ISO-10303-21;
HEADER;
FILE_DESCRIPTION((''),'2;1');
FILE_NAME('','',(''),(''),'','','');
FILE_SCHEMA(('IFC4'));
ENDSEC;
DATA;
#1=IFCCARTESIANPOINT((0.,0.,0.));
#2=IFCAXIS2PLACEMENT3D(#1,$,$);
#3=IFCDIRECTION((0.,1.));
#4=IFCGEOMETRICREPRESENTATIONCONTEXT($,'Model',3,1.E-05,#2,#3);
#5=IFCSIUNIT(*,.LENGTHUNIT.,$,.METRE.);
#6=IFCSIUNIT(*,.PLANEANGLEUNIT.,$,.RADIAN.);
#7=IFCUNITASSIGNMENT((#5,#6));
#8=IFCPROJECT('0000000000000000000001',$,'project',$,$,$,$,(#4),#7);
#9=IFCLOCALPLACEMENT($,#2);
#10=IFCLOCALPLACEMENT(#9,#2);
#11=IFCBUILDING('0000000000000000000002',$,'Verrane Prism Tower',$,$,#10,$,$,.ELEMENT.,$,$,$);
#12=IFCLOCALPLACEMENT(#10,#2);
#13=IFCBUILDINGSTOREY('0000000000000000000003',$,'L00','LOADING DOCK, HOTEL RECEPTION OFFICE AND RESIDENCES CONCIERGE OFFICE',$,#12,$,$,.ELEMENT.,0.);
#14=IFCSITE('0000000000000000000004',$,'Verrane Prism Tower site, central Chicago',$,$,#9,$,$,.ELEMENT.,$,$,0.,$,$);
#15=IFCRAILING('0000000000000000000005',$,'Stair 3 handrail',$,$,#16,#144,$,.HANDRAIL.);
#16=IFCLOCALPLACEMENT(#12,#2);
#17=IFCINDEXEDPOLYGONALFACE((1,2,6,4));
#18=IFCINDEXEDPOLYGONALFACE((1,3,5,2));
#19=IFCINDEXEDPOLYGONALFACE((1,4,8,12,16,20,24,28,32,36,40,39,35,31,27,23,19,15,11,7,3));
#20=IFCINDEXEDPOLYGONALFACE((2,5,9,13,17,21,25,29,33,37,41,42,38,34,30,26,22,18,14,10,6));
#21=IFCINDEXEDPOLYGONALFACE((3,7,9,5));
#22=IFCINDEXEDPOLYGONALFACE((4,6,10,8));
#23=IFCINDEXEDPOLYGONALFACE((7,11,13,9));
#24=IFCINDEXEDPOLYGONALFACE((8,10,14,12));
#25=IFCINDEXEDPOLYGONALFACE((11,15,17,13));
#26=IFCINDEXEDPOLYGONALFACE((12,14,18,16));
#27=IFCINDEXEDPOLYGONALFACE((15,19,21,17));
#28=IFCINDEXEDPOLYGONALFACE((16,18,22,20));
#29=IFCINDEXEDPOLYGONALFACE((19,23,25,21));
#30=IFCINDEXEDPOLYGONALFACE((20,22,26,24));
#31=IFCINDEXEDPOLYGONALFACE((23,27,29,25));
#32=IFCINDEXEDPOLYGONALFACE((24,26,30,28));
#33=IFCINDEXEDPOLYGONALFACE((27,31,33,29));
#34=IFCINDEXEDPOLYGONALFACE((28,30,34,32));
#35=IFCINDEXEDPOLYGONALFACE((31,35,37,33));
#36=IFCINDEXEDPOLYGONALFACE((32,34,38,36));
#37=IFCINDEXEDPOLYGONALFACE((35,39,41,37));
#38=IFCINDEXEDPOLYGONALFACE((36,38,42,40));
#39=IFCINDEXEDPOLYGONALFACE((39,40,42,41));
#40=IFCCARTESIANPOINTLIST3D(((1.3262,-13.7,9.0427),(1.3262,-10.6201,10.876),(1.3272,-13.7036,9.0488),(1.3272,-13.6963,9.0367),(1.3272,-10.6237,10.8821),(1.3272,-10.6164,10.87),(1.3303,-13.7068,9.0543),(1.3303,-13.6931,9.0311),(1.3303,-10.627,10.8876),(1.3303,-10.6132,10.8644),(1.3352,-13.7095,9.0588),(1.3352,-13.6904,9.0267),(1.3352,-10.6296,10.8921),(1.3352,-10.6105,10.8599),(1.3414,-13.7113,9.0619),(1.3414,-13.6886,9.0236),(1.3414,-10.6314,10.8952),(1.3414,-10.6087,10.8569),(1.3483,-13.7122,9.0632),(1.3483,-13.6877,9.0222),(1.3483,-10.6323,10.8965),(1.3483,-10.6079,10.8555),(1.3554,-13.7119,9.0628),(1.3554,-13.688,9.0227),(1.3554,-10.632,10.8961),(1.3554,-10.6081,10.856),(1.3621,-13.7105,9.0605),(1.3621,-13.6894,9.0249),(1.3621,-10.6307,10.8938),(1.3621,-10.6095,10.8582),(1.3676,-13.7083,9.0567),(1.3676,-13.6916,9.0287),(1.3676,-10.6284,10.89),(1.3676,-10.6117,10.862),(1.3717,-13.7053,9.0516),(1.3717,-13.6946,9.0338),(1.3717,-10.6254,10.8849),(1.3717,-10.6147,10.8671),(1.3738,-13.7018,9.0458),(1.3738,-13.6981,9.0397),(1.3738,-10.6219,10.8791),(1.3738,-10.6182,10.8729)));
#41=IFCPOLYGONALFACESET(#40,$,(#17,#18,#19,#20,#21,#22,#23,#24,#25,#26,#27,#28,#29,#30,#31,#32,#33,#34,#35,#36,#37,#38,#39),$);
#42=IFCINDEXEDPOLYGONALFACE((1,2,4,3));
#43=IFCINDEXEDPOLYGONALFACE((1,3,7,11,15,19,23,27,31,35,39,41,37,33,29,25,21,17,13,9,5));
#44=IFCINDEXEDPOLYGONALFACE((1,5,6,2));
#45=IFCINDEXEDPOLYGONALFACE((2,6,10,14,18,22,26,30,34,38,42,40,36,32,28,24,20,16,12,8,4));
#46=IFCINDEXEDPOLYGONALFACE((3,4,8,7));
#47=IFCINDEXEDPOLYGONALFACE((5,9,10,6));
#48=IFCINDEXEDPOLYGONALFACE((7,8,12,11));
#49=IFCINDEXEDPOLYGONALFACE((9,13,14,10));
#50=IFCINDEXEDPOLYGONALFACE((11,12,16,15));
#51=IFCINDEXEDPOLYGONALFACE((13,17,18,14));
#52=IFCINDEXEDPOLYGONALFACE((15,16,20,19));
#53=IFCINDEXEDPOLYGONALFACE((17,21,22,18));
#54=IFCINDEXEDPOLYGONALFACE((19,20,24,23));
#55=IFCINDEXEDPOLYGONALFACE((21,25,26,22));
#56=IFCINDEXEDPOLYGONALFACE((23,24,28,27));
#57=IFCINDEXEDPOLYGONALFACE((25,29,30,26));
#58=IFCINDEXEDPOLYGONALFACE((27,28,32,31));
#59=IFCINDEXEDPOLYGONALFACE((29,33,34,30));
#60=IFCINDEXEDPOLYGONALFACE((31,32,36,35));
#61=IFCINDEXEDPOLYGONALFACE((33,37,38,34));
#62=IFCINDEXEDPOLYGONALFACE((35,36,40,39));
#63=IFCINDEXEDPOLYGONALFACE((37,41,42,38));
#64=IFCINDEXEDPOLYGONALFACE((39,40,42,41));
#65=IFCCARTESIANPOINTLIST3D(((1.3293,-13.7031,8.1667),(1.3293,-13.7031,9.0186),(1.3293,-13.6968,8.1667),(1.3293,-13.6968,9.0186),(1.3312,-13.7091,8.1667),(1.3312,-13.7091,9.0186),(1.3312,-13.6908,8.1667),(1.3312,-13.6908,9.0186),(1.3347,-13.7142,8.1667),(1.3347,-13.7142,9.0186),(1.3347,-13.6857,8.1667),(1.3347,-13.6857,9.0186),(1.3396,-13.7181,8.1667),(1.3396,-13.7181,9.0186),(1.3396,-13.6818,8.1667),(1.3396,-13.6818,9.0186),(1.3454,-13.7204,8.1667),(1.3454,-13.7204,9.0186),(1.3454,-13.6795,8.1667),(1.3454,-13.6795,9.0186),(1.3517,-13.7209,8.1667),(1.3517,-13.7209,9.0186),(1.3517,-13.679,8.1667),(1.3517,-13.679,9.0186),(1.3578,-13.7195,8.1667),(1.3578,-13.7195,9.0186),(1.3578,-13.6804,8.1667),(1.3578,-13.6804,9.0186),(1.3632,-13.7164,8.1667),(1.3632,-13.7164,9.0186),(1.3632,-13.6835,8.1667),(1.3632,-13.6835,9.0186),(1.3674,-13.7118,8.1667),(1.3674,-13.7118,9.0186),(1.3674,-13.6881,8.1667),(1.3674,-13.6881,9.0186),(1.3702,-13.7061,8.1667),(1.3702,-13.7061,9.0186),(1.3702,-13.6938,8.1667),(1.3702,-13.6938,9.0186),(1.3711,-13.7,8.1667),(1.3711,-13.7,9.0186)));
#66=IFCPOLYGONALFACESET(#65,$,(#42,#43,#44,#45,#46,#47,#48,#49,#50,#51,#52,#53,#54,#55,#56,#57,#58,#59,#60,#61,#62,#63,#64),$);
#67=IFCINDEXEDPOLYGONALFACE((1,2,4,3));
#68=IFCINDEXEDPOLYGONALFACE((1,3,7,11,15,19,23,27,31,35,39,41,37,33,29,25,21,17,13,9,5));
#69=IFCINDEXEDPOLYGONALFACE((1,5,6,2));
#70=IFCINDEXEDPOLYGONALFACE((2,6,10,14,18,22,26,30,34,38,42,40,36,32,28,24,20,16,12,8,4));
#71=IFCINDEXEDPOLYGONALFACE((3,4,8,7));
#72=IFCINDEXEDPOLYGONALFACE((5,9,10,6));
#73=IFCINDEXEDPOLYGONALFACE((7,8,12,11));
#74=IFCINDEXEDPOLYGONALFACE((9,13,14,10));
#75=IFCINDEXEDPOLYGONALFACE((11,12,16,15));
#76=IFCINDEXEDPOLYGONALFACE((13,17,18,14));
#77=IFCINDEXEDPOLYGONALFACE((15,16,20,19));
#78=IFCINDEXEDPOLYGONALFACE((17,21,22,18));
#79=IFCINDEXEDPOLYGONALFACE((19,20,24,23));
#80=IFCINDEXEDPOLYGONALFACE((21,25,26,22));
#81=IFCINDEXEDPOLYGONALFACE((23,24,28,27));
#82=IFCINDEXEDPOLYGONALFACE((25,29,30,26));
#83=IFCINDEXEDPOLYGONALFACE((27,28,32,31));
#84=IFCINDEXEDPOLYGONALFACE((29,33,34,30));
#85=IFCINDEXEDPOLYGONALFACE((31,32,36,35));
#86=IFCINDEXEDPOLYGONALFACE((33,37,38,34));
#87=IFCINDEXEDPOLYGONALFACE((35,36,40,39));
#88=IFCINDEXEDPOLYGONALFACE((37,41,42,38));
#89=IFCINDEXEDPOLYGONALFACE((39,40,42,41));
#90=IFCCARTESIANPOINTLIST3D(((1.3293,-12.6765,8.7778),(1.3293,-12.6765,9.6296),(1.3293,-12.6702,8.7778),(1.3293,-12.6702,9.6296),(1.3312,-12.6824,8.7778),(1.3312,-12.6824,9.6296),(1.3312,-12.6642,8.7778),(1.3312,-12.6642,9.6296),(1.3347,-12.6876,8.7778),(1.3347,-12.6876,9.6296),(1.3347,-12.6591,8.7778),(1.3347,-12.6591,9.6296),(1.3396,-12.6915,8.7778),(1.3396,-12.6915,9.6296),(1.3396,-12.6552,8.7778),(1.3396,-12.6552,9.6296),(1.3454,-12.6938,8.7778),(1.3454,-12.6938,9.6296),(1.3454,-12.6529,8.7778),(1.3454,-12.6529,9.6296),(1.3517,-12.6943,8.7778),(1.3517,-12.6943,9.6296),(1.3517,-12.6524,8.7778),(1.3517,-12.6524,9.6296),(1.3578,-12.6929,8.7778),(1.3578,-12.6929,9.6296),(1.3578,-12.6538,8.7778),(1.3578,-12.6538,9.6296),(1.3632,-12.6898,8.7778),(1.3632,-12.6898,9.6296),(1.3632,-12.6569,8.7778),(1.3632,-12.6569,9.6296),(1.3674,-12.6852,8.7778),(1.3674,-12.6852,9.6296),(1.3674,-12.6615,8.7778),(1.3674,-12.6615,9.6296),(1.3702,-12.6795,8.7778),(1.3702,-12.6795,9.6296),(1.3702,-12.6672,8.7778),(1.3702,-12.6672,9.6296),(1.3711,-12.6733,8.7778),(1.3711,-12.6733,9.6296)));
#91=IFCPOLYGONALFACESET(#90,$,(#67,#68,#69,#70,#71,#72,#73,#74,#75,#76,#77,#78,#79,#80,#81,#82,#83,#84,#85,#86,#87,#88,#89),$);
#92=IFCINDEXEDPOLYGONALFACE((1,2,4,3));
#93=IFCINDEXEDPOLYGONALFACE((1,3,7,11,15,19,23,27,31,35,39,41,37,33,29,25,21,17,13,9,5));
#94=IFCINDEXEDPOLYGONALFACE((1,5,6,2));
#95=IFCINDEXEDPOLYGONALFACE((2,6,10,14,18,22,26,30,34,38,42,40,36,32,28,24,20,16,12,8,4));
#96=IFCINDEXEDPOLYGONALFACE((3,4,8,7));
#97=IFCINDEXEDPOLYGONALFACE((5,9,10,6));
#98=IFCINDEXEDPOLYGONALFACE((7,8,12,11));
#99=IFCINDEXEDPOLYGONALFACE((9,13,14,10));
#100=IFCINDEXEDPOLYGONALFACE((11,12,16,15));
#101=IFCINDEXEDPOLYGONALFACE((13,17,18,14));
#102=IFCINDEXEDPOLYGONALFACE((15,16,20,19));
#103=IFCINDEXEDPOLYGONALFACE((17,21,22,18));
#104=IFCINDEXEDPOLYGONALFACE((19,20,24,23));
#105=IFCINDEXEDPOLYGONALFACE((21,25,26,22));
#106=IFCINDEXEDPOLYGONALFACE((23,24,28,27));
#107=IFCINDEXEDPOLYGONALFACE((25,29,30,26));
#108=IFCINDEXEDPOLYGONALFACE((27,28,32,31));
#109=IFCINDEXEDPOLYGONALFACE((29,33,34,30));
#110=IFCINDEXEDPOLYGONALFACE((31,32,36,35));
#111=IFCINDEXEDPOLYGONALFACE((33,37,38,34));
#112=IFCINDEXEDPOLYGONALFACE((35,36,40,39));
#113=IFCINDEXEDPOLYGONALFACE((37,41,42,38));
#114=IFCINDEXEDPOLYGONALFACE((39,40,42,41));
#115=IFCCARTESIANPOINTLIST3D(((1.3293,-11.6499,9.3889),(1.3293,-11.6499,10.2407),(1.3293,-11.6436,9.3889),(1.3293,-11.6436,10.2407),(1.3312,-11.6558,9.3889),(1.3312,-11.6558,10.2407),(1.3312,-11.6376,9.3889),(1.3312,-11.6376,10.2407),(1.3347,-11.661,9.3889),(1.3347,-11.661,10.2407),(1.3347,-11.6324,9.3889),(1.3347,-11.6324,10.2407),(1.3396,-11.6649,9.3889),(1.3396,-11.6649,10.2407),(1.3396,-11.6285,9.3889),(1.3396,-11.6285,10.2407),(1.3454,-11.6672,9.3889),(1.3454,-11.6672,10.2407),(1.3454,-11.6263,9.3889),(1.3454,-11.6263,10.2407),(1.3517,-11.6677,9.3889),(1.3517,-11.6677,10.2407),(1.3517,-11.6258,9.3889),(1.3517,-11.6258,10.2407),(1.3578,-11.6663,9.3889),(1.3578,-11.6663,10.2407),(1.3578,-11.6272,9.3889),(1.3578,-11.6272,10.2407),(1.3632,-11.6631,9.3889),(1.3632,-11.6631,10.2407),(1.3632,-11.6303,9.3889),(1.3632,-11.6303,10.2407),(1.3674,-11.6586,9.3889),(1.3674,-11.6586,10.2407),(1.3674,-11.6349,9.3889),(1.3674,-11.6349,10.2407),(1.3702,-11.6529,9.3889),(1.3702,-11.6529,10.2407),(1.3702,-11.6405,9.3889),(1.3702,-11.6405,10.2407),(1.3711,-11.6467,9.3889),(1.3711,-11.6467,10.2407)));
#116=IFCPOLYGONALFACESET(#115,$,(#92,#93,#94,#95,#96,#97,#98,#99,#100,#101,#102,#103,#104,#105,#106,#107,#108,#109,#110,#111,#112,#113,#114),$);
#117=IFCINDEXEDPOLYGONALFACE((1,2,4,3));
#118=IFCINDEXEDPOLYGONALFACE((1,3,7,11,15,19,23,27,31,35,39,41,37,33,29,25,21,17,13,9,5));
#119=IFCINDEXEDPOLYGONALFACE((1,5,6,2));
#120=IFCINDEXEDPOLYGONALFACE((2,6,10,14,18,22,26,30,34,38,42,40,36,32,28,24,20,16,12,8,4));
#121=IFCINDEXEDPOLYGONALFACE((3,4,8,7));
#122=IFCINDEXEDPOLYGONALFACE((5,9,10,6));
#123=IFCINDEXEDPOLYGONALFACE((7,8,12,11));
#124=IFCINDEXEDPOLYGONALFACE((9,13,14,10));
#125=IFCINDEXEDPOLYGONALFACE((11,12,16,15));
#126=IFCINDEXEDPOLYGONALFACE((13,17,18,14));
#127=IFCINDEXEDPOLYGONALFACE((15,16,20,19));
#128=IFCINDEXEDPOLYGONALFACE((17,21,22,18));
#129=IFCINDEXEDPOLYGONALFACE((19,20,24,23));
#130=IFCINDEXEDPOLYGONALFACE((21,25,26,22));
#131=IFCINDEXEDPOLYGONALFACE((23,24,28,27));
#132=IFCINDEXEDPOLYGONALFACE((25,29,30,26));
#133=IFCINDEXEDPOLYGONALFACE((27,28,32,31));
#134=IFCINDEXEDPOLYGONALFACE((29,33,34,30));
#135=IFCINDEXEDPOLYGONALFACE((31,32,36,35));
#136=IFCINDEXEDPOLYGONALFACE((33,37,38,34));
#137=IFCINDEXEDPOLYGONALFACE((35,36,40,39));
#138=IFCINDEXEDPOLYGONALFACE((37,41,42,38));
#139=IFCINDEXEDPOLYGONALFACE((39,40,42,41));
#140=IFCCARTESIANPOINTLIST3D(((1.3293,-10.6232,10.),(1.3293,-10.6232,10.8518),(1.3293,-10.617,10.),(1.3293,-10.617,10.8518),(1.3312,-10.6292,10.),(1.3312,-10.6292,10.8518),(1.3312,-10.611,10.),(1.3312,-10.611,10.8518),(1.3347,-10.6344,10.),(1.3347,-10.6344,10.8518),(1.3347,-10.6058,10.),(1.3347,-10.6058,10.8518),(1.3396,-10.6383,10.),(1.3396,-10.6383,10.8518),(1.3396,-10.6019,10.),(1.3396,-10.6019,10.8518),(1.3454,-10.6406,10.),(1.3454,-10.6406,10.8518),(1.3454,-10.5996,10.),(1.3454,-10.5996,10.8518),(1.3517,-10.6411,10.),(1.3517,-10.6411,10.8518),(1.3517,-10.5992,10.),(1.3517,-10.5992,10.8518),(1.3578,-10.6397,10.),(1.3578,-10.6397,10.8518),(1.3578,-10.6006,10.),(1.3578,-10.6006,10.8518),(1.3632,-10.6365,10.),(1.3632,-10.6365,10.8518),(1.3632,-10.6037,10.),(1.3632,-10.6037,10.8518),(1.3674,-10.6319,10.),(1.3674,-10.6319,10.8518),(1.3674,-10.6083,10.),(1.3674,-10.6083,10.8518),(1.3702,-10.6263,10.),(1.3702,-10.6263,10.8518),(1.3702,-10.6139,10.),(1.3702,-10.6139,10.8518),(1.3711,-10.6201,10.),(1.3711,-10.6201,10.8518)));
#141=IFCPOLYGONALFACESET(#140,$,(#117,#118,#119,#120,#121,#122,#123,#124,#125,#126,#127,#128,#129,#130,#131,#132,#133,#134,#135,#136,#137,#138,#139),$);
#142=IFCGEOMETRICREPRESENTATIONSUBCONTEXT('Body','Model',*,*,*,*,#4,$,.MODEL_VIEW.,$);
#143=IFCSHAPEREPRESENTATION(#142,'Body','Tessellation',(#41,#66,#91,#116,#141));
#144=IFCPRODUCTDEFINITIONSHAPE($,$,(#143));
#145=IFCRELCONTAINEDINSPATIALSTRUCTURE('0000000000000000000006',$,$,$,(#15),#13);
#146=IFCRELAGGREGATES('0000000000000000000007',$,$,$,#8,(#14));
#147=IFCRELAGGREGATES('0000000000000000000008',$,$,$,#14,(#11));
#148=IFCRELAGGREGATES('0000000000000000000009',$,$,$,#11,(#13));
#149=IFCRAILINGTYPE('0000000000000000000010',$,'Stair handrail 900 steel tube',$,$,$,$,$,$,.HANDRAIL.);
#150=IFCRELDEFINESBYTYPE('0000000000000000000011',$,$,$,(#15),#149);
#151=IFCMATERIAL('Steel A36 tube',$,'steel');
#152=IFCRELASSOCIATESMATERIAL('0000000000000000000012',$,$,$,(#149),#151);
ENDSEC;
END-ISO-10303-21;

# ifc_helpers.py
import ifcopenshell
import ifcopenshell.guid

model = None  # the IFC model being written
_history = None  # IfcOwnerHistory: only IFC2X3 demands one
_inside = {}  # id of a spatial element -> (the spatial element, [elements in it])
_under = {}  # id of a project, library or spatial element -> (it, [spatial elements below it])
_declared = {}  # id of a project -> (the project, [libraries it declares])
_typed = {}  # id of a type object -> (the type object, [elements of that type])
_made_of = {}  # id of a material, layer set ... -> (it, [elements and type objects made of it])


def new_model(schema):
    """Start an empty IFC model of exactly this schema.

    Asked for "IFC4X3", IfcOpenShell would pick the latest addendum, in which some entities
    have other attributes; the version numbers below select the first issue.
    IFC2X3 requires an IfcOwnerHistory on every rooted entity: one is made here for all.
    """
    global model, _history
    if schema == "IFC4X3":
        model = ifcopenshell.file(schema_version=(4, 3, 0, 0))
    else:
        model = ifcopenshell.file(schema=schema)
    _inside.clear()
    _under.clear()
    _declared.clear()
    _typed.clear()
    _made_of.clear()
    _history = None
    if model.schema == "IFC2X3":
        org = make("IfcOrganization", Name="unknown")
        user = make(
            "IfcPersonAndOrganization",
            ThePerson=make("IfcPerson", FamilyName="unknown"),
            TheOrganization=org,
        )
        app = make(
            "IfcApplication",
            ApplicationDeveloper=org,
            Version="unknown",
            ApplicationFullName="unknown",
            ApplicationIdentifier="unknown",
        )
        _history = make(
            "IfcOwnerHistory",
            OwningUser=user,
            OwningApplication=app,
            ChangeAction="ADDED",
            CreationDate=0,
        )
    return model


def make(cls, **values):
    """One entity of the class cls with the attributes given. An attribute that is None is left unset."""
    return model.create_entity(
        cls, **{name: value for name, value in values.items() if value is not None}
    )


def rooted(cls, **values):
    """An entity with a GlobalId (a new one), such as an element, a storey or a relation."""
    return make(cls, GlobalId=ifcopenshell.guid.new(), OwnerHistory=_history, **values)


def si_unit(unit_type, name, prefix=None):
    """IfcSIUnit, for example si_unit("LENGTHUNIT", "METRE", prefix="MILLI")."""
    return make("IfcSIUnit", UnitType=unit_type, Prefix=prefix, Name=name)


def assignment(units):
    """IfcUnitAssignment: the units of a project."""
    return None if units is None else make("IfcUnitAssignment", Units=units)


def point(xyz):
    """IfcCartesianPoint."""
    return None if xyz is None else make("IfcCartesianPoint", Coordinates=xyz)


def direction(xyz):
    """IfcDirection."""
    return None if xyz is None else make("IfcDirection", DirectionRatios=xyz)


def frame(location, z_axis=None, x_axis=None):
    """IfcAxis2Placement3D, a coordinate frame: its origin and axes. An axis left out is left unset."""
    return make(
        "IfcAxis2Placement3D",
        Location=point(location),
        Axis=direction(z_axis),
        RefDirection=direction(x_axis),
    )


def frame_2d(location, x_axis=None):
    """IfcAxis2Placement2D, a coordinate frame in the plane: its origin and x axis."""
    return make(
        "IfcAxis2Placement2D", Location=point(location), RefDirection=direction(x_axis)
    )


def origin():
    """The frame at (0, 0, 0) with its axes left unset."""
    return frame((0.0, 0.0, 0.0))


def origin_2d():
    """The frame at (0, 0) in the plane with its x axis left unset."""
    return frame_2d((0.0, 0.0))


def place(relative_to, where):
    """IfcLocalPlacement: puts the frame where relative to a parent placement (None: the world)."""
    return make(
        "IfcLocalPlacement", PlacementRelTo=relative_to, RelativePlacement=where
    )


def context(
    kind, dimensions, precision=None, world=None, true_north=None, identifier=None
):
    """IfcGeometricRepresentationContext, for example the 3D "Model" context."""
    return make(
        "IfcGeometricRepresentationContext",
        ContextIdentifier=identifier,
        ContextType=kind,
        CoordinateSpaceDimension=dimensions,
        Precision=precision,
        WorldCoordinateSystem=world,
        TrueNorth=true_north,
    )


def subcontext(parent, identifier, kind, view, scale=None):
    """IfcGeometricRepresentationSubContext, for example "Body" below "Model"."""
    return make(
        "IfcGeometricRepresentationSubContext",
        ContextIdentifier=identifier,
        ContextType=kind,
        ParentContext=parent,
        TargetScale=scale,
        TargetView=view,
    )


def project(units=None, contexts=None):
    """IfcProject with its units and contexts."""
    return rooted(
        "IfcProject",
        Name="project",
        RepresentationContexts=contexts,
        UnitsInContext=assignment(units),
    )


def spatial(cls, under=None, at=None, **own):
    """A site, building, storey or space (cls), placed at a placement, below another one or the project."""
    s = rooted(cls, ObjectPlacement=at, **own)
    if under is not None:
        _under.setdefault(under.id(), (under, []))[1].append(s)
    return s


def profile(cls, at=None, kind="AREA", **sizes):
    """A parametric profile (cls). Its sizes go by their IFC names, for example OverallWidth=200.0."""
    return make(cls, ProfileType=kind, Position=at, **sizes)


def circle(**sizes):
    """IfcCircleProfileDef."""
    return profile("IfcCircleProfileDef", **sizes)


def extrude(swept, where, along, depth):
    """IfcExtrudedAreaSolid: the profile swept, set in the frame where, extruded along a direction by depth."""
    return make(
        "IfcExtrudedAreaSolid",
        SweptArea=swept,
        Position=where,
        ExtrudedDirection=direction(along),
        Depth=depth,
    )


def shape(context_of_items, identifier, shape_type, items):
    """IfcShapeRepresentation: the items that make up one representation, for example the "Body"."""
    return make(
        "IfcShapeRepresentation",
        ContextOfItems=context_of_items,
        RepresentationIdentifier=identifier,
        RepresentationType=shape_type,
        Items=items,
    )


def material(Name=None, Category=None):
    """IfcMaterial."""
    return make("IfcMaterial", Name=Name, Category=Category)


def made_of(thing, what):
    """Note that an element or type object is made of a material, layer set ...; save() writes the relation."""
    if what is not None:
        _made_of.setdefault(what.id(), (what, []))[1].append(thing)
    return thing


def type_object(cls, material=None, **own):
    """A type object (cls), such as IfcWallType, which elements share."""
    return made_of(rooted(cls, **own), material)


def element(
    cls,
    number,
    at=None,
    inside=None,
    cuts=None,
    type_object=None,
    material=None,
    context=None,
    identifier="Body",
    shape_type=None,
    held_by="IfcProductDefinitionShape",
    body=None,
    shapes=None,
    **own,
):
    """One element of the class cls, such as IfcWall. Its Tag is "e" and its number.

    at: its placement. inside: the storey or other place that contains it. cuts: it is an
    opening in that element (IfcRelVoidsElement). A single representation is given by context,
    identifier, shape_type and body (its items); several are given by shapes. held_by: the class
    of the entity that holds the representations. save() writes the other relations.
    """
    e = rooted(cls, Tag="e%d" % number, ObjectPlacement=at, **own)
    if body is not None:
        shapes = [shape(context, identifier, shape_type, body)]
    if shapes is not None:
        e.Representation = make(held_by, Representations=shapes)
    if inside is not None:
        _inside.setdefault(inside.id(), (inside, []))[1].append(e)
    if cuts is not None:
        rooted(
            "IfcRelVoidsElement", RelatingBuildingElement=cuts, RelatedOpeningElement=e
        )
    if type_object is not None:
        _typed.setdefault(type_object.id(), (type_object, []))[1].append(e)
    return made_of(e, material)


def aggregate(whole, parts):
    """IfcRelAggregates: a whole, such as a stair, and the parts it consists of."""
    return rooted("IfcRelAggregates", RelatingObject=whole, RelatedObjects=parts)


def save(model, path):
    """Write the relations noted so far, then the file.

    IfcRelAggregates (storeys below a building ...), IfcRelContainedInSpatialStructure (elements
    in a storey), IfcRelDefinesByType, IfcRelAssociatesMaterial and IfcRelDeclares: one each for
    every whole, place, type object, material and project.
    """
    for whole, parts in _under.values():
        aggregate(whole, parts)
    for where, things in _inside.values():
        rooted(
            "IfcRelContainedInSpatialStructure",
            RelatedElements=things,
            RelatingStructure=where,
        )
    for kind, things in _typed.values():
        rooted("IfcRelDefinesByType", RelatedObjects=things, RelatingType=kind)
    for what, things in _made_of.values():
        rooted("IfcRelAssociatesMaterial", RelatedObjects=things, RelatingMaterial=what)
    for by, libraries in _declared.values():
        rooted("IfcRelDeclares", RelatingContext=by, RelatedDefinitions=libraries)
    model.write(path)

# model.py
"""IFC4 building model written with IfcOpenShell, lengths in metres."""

from ifc_helpers import new_model, si_unit, direction, frame, origin, origin_2d, place, context, subcontext, project, spatial, circle, extrude, material, type_object, element, save


model = new_model("IFC4")

# Units and contexts
model_context = context("Model", 3, precision=1e-05, world=origin(), true_north=direction((0.0, 1.0)))
body_context = subcontext(model_context, "Body", "Model", "MODEL_VIEW")
ifc_project = project(units=[si_unit("LENGTHUNIT", "METRE"), si_unit("PLANEANGLEUNIT", "RADIAN")], contexts=[model_context])

# Site, building, storey
site_placement = place(None, origin())
site = spatial("IfcSite", under=ifc_project, at=site_placement, Name="Verrane Prism Tower site, central Chicago", CompositionType="ELEMENT", RefElevation=0.0)
building_placement = place(site_placement, origin())
building = spatial("IfcBuilding", under=site, at=building_placement, Name="Verrane Prism Tower", CompositionType="ELEMENT")
storey_placement = place(building_placement, origin())
storey = spatial("IfcBuildingStorey", under=building, at=storey_placement, Name="L00", Description="LOADING DOCK, HOTEL RECEPTION OFFICE AND RESIDENCES CONCIERGE OFFICE", CompositionType="ELEMENT", Elevation=0.0)

# Railing
ifc_material_1 = material(Name="Steel A36 tube", Category="steel")
railing_type_1 = type_object("IfcRailingType", Name="Stair handrail 900 steel tube", PredefinedType="HANDRAIL", material=ifc_material_1)
for number, where, name in (
    (1, (1.3501, -13.7, 8.1667), "Stair 3 handrail"),
):
    element("IfcRailing", number, at=place(storey_placement, frame(where)), inside=storey, type_object=railing_type_1, Name=name, PredefinedType="HANDRAIL", context=body_context, shape_type="SweptSolid", body=[
        extrude(circle(Radius=0.0239, at=origin_2d()), frame((0.0, 0.0, 0.876), z_axis=(0.0, 0.859291, 0.511487), x_axis=(-1.0, 0.0, 0.0)), (0.0, 0.0, 1.0), 3.5842),
        extrude(circle(Radius=0.021, at=origin_2d()), origin(), (0.0, 0.0, 1.0), 0.8518),
        extrude(circle(Radius=0.021, at=origin_2d()), frame((0.0, 1.0266, 0.6111)), (0.0, 0.0, 1.0), 0.8518),
        extrude(circle(Radius=0.021, at=origin_2d()), frame((0.0, 2.0532, 1.2222)), (0.0, 0.0, 1.0), 0.8518),
        extrude(circle(Radius=0.021, at=origin_2d()), frame((0.0, 3.0798, 1.8333)), (0.0, 0.0, 1.0), 0.8518),
    ])

save(model, "model.ifc")
